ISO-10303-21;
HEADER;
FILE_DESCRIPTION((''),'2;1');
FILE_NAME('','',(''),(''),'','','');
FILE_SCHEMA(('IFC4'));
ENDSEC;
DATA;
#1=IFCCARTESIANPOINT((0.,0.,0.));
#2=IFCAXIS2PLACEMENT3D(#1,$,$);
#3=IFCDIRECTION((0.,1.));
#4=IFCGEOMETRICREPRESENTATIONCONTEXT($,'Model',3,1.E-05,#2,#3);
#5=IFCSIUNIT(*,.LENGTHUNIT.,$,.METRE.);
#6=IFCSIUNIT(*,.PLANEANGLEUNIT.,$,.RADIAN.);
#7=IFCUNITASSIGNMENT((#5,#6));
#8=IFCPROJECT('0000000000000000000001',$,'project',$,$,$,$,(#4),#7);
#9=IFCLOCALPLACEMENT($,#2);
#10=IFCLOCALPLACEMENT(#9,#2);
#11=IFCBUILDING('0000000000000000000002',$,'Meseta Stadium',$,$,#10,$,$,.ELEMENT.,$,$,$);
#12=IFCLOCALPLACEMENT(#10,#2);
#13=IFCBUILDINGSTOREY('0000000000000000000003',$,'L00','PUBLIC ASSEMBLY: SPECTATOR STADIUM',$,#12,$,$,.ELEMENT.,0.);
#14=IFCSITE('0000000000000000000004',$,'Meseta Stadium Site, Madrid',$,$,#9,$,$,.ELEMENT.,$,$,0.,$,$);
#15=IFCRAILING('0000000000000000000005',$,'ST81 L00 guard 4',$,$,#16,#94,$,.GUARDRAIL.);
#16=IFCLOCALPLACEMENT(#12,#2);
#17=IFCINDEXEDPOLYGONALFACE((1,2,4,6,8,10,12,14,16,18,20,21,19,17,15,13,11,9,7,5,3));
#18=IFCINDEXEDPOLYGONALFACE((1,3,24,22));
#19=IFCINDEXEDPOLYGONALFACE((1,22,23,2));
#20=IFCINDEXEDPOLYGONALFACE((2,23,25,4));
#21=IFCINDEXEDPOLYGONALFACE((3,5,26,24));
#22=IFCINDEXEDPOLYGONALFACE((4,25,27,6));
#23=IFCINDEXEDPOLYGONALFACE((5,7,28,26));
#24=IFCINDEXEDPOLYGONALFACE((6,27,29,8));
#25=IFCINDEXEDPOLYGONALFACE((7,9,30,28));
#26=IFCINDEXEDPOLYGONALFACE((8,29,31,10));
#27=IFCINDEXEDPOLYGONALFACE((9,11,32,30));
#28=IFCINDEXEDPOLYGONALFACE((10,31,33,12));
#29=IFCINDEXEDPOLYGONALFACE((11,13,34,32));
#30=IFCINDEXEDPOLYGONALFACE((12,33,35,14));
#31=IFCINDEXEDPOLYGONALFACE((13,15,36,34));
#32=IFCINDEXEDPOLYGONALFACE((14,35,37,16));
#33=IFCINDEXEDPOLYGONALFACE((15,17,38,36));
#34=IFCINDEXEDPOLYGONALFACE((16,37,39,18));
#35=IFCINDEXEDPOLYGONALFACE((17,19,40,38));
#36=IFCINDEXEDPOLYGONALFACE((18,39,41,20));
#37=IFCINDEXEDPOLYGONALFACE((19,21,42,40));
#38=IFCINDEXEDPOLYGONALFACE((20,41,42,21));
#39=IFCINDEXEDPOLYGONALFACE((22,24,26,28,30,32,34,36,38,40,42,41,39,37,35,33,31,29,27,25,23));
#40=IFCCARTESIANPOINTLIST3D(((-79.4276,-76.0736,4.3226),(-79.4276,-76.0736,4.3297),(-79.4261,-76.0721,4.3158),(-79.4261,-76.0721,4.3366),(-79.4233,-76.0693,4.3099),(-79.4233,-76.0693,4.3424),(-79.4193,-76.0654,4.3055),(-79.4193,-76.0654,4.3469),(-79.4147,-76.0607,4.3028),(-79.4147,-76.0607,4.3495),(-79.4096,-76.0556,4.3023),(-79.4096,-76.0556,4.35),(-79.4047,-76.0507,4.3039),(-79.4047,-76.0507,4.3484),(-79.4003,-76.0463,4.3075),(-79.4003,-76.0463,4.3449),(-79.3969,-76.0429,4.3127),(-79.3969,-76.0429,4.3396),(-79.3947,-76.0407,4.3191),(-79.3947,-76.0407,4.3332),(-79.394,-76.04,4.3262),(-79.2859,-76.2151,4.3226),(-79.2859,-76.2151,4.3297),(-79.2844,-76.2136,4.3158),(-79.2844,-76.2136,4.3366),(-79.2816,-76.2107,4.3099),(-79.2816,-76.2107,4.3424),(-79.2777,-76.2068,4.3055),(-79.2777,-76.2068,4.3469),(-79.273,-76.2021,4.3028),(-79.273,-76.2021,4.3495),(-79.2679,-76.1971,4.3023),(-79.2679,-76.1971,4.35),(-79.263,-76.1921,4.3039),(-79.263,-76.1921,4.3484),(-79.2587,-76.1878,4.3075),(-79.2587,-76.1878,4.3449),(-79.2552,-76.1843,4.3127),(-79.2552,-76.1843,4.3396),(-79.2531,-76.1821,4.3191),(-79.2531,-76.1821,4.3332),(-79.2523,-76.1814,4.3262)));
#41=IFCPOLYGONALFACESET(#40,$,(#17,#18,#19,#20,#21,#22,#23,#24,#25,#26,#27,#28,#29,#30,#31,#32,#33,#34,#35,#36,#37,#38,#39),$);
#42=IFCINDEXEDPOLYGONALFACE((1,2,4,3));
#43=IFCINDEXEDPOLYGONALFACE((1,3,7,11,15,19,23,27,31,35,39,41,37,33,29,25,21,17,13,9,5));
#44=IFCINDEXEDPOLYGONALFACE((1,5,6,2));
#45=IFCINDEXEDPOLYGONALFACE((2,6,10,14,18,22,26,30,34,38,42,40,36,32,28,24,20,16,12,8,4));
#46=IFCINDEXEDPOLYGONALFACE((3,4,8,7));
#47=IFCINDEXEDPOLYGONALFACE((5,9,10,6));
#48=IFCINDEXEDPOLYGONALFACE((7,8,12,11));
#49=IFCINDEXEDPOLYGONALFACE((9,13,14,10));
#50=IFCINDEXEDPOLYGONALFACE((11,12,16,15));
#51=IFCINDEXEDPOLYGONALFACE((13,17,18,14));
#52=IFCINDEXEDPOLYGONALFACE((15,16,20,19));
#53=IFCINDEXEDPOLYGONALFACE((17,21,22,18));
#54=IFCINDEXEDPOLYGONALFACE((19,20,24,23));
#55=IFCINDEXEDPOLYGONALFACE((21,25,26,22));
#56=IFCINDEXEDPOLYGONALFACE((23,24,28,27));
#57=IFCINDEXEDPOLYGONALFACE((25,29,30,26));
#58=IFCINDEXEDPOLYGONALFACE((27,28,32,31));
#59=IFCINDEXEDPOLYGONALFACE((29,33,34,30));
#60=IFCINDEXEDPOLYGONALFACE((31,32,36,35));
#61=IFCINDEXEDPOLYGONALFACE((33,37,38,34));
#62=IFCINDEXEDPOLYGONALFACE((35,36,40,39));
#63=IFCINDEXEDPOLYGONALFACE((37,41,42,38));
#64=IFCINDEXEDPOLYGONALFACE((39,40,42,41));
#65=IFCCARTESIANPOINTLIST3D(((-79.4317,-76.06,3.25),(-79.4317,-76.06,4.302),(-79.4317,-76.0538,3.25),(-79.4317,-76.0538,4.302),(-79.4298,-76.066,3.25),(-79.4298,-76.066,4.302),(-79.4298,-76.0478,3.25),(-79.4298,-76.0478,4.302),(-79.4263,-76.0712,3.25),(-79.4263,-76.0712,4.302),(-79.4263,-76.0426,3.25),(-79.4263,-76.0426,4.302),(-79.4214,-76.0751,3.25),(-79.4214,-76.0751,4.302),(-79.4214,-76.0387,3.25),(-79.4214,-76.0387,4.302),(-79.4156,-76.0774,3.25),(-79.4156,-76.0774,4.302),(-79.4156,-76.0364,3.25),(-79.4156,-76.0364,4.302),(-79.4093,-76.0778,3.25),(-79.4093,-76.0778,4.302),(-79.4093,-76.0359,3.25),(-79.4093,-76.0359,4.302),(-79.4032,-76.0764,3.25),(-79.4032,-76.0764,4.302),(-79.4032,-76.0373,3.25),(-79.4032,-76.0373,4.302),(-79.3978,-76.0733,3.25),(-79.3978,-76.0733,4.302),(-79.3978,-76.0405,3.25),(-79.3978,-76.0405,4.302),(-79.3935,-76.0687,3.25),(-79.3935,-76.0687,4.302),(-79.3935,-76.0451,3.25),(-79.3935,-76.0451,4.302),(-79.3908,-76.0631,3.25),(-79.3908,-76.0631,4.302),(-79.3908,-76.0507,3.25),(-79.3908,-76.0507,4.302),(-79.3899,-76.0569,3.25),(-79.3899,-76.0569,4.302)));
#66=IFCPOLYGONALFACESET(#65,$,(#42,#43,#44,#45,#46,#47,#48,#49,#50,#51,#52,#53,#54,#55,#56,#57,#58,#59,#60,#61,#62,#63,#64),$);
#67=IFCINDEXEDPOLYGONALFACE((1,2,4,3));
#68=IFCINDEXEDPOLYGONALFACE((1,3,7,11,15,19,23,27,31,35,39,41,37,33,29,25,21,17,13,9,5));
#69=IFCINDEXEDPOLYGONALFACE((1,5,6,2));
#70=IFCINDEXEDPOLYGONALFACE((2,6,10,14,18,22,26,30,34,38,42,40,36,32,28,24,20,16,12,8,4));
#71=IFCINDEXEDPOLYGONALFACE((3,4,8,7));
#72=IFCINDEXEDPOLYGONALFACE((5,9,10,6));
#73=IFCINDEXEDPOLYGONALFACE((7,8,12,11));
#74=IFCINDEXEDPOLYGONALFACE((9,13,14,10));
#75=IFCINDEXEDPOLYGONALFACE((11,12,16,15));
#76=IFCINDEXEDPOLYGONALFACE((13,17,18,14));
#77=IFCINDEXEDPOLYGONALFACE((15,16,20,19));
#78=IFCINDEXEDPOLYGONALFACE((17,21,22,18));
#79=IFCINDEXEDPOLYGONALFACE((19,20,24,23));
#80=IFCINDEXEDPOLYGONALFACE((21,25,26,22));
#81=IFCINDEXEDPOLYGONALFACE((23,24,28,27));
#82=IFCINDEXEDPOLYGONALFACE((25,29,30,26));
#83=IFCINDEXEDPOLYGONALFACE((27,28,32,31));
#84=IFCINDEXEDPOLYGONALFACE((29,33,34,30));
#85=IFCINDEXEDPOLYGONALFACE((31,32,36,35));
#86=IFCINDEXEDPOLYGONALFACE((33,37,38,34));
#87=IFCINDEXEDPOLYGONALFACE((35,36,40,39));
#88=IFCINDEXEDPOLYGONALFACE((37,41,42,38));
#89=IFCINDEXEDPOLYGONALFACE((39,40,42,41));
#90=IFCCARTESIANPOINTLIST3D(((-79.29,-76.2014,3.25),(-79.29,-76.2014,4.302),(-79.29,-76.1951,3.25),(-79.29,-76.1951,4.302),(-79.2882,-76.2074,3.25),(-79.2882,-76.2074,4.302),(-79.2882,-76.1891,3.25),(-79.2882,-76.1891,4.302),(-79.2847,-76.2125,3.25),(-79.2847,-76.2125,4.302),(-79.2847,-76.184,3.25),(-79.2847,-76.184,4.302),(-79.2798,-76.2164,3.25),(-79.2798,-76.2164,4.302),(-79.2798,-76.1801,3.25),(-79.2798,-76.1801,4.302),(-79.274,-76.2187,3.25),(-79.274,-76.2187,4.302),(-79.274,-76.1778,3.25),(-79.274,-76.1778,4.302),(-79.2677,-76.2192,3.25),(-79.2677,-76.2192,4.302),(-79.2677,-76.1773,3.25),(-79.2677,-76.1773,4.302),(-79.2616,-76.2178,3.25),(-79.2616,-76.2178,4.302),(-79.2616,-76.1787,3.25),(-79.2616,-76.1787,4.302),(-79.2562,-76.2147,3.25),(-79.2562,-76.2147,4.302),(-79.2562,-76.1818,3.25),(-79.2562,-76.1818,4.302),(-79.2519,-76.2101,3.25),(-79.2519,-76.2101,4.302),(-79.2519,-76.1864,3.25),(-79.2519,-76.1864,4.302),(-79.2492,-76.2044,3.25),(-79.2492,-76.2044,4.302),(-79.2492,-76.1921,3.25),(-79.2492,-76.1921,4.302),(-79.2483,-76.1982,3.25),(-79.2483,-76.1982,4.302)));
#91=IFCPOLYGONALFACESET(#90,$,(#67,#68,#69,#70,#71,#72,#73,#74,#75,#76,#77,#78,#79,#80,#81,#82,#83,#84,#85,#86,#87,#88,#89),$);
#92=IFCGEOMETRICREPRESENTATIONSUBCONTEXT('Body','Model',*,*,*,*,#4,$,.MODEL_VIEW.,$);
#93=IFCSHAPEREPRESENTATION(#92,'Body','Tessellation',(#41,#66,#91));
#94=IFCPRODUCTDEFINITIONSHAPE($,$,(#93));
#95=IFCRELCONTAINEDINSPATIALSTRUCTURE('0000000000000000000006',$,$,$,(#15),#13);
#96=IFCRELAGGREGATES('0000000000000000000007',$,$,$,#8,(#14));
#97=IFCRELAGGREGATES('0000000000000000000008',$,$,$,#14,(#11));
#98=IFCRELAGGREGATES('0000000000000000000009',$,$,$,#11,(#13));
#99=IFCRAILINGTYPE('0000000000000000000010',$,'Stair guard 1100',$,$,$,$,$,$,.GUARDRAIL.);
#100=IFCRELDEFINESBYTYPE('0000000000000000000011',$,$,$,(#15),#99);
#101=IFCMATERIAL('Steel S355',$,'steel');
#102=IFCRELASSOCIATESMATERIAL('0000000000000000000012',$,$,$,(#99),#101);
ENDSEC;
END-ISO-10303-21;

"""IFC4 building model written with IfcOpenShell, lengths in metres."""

from ifc_helpers import new_model, si_unit, direction, frame, origin, origin_2d, place, context, subcontext, project, spatial, circle, extrude, material, type_object, element, save


model = new_model("IFC4")

# Units and contexts
model_context = context("Model", 3, precision=1e-05, world=origin(), true_north=direction((0.0, 1.0)))
body_context = subcontext(model_context, "Body", "Model", "MODEL_VIEW")
ifc_project = project(units=[si_unit("LENGTHUNIT", "METRE"), si_unit("PLANEANGLEUNIT", "RADIAN")], contexts=[model_context])

# Site, building, storey
site_placement = place(None, origin())
site = spatial("IfcSite", under=ifc_project, at=site_placement, Name="Meseta Stadium Site, Madrid", CompositionType="ELEMENT", RefElevation=0.0)
building_placement = place(site_placement, origin())
building = spatial("IfcBuilding", under=site, at=building_placement, Name="Meseta Stadium", CompositionType="ELEMENT")
storey_placement = place(building_placement, origin())
storey = spatial("IfcBuildingStorey", under=building, at=storey_placement, Name="L00", Description="PUBLIC ASSEMBLY: SPECTATOR STADIUM", CompositionType="ELEMENT", Elevation=0.0)

# Railing
ifc_material_1 = material(Name="Steel S355", Category="steel")
railing_type_1 = type_object("IfcRailingType", Name="Stair guard 1100", PredefinedType="GUARDRAIL", material=ifc_material_1)
railing_1_placement = place(storey_placement, frame((-79.4109, -76.0569, 3.25)))
element("IfcRailing", 1, at=railing_1_placement, inside=storey, type_object=railing_type_1, Name="ST81 L00 guard 4", PredefinedType="GUARDRAIL", context=body_context, shape_type="SweptSolid", body=[
    extrude(circle(Radius=0.0239, at=origin_2d()), frame((0.0, 0.0, 1.0762), z_axis=(0.707717, -0.706496, 0.0), x_axis=(0.706496, 0.707717, 0.0)), (0.0, 0.0, 1.0), 0.2002),
    extrude(circle(Radius=0.021, at=origin_2d()), origin(), (0.0, 0.0, 1.0), 1.052),
    extrude(circle(Radius=0.021, at=origin_2d()), frame((0.1416, -0.1414, 0.0)), (0.0, 0.0, 1.0), 1.052),
])

save(model, "model.ifc")
